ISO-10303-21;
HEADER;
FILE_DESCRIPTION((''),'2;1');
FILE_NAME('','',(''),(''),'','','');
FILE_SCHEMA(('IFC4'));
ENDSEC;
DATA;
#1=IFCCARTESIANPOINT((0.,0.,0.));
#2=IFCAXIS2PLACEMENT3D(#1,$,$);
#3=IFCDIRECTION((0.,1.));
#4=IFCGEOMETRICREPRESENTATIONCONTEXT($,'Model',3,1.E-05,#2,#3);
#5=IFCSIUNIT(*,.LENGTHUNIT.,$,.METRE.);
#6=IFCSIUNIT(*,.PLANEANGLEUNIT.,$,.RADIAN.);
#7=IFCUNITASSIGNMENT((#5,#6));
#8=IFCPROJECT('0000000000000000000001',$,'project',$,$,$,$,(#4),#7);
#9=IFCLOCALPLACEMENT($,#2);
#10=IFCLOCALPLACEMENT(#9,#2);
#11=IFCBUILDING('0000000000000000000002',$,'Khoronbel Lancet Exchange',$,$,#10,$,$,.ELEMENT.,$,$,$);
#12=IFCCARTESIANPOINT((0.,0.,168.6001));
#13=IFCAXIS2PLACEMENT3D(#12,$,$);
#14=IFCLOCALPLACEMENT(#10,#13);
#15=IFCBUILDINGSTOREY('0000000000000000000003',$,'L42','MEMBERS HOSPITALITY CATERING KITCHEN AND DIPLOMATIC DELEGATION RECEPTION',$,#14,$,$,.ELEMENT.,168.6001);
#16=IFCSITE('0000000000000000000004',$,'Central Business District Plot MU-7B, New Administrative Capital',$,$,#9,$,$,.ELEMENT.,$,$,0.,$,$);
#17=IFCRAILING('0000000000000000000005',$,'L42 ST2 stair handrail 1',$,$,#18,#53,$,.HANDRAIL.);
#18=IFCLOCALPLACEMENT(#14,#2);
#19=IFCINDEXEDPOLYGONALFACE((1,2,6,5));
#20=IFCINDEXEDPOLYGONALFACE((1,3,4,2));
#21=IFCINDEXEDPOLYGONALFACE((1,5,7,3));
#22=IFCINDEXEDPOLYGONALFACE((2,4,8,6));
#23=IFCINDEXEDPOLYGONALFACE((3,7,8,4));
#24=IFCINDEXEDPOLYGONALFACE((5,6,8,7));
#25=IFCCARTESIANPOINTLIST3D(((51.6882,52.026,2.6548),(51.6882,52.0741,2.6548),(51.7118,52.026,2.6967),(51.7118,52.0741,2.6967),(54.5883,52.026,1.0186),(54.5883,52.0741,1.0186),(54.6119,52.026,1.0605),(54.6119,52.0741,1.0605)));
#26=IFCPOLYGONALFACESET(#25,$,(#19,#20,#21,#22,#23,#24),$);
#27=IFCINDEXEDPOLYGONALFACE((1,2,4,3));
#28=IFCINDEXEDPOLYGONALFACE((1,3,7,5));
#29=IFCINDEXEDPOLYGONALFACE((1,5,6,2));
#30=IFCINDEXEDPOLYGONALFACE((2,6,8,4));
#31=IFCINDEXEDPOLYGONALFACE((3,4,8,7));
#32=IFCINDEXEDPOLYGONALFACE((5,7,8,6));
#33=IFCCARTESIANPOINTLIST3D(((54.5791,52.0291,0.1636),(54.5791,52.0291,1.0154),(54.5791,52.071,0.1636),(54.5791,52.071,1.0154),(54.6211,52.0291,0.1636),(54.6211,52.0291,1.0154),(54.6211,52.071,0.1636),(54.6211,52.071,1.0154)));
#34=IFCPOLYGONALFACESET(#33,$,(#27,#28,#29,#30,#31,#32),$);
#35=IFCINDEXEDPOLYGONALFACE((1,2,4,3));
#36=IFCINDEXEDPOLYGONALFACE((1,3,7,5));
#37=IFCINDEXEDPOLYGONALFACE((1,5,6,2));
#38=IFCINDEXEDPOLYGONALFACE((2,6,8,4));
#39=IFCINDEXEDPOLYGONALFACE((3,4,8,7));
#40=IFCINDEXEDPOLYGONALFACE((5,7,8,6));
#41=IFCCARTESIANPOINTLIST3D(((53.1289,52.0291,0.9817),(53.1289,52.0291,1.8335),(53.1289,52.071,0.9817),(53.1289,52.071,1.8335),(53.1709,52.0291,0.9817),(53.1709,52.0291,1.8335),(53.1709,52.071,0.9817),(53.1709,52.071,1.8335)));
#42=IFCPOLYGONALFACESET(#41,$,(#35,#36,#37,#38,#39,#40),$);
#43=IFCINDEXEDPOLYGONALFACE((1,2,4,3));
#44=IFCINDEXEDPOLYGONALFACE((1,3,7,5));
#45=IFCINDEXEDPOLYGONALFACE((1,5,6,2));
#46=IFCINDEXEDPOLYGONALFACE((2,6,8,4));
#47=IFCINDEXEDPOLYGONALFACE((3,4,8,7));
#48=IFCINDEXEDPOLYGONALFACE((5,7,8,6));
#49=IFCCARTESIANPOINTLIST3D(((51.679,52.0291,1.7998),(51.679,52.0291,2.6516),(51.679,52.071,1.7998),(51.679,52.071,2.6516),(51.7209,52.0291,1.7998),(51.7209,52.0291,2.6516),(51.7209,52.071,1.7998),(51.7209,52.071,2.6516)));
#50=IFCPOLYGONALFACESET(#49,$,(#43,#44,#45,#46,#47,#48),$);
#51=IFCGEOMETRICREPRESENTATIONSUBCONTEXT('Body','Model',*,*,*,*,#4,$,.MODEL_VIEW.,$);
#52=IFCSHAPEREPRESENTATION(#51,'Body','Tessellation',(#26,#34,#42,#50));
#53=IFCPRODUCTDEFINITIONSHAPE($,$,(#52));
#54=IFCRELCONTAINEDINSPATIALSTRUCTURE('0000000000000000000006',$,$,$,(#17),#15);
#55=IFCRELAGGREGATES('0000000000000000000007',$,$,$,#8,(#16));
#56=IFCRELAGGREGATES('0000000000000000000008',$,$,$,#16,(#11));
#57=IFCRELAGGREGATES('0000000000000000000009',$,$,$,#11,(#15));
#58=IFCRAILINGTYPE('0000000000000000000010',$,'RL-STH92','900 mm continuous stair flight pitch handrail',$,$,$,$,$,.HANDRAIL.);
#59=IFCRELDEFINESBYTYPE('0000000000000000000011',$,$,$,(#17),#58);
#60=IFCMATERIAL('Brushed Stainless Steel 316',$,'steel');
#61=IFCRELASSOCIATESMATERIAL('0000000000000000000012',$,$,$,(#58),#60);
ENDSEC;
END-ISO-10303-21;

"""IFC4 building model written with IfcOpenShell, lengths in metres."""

from ifc_helpers import new_model, si_unit, direction, frame, origin, origin_2d, place, context, subcontext, project, spatial, rectangle, extrude, material, type_object, element, save


model = new_model("IFC4")

# Units and contexts
model_context = context("Model", 3, precision=1e-05, world=origin(), true_north=direction((0.0, 1.0)))
body_context = subcontext(model_context, "Body", "Model", "MODEL_VIEW")
ifc_project = project(units=[si_unit("LENGTHUNIT", "METRE"), si_unit("PLANEANGLEUNIT", "RADIAN")], contexts=[model_context])

# Site, building, storey
site_placement = place(None, origin())
site = spatial("IfcSite", under=ifc_project, at=site_placement, Name="Central Business District Plot MU-7B, New Administrative Capital", CompositionType="ELEMENT", RefElevation=0.0)
building_placement = place(site_placement, origin())
building = spatial("IfcBuilding", under=site, at=building_placement, Name="Khoronbel Lancet Exchange", CompositionType="ELEMENT")
storey_placement = place(building_placement, frame((0.0, 0.0, 168.6001)))
storey = spatial("IfcBuildingStorey", under=building, at=storey_placement, Name="L42", Description="MEMBERS HOSPITALITY CATERING KITCHEN AND DIPLOMATIC DELEGATION RECEPTION", CompositionType="ELEMENT", Elevation=168.6001)

# Railing
ifc_material_1 = material(Name="Brushed Stainless Steel 316", Category="steel")
railing_type_1 = type_object("IfcRailingType", Name="RL-STH92", Description="900 mm continuous stair flight pitch handrail", PredefinedType="HANDRAIL", material=ifc_material_1)
railing_1_placement = place(storey_placement, frame((54.6001, 52.05, 0.1636)))
element("IfcRailing", 1, at=railing_1_placement, inside=storey, type_object=railing_type_1, Name="L42 ST2 stair handrail 1", PredefinedType="HANDRAIL", context=body_context, shape_type="SweptSolid", body=[
    extrude(rectangle(XDim=0.0481, YDim=0.0481, at=origin_2d()), frame((0.0, 0.0, 0.876), z_axis=(-0.870946, 0.0, 0.491378), x_axis=(0.0, -1.0, 0.0)), (0.0, 0.0, 1.0), 3.3298),
    extrude(rectangle(XDim=0.042, YDim=0.042, at=origin_2d()), origin(), (0.0, 0.0, 1.0), 0.8518),
    extrude(rectangle(XDim=0.042, YDim=0.042, at=origin_2d()), frame((-1.4502, 0.0, 0.8181)), (0.0, 0.0, 1.0), 0.8518),
    extrude(rectangle(XDim=0.042, YDim=0.042, at=origin_2d()), frame((-2.9001, 0.0, 1.6362)), (0.0, 0.0, 1.0), 0.8518),
])

save(model, "model.ifc")
